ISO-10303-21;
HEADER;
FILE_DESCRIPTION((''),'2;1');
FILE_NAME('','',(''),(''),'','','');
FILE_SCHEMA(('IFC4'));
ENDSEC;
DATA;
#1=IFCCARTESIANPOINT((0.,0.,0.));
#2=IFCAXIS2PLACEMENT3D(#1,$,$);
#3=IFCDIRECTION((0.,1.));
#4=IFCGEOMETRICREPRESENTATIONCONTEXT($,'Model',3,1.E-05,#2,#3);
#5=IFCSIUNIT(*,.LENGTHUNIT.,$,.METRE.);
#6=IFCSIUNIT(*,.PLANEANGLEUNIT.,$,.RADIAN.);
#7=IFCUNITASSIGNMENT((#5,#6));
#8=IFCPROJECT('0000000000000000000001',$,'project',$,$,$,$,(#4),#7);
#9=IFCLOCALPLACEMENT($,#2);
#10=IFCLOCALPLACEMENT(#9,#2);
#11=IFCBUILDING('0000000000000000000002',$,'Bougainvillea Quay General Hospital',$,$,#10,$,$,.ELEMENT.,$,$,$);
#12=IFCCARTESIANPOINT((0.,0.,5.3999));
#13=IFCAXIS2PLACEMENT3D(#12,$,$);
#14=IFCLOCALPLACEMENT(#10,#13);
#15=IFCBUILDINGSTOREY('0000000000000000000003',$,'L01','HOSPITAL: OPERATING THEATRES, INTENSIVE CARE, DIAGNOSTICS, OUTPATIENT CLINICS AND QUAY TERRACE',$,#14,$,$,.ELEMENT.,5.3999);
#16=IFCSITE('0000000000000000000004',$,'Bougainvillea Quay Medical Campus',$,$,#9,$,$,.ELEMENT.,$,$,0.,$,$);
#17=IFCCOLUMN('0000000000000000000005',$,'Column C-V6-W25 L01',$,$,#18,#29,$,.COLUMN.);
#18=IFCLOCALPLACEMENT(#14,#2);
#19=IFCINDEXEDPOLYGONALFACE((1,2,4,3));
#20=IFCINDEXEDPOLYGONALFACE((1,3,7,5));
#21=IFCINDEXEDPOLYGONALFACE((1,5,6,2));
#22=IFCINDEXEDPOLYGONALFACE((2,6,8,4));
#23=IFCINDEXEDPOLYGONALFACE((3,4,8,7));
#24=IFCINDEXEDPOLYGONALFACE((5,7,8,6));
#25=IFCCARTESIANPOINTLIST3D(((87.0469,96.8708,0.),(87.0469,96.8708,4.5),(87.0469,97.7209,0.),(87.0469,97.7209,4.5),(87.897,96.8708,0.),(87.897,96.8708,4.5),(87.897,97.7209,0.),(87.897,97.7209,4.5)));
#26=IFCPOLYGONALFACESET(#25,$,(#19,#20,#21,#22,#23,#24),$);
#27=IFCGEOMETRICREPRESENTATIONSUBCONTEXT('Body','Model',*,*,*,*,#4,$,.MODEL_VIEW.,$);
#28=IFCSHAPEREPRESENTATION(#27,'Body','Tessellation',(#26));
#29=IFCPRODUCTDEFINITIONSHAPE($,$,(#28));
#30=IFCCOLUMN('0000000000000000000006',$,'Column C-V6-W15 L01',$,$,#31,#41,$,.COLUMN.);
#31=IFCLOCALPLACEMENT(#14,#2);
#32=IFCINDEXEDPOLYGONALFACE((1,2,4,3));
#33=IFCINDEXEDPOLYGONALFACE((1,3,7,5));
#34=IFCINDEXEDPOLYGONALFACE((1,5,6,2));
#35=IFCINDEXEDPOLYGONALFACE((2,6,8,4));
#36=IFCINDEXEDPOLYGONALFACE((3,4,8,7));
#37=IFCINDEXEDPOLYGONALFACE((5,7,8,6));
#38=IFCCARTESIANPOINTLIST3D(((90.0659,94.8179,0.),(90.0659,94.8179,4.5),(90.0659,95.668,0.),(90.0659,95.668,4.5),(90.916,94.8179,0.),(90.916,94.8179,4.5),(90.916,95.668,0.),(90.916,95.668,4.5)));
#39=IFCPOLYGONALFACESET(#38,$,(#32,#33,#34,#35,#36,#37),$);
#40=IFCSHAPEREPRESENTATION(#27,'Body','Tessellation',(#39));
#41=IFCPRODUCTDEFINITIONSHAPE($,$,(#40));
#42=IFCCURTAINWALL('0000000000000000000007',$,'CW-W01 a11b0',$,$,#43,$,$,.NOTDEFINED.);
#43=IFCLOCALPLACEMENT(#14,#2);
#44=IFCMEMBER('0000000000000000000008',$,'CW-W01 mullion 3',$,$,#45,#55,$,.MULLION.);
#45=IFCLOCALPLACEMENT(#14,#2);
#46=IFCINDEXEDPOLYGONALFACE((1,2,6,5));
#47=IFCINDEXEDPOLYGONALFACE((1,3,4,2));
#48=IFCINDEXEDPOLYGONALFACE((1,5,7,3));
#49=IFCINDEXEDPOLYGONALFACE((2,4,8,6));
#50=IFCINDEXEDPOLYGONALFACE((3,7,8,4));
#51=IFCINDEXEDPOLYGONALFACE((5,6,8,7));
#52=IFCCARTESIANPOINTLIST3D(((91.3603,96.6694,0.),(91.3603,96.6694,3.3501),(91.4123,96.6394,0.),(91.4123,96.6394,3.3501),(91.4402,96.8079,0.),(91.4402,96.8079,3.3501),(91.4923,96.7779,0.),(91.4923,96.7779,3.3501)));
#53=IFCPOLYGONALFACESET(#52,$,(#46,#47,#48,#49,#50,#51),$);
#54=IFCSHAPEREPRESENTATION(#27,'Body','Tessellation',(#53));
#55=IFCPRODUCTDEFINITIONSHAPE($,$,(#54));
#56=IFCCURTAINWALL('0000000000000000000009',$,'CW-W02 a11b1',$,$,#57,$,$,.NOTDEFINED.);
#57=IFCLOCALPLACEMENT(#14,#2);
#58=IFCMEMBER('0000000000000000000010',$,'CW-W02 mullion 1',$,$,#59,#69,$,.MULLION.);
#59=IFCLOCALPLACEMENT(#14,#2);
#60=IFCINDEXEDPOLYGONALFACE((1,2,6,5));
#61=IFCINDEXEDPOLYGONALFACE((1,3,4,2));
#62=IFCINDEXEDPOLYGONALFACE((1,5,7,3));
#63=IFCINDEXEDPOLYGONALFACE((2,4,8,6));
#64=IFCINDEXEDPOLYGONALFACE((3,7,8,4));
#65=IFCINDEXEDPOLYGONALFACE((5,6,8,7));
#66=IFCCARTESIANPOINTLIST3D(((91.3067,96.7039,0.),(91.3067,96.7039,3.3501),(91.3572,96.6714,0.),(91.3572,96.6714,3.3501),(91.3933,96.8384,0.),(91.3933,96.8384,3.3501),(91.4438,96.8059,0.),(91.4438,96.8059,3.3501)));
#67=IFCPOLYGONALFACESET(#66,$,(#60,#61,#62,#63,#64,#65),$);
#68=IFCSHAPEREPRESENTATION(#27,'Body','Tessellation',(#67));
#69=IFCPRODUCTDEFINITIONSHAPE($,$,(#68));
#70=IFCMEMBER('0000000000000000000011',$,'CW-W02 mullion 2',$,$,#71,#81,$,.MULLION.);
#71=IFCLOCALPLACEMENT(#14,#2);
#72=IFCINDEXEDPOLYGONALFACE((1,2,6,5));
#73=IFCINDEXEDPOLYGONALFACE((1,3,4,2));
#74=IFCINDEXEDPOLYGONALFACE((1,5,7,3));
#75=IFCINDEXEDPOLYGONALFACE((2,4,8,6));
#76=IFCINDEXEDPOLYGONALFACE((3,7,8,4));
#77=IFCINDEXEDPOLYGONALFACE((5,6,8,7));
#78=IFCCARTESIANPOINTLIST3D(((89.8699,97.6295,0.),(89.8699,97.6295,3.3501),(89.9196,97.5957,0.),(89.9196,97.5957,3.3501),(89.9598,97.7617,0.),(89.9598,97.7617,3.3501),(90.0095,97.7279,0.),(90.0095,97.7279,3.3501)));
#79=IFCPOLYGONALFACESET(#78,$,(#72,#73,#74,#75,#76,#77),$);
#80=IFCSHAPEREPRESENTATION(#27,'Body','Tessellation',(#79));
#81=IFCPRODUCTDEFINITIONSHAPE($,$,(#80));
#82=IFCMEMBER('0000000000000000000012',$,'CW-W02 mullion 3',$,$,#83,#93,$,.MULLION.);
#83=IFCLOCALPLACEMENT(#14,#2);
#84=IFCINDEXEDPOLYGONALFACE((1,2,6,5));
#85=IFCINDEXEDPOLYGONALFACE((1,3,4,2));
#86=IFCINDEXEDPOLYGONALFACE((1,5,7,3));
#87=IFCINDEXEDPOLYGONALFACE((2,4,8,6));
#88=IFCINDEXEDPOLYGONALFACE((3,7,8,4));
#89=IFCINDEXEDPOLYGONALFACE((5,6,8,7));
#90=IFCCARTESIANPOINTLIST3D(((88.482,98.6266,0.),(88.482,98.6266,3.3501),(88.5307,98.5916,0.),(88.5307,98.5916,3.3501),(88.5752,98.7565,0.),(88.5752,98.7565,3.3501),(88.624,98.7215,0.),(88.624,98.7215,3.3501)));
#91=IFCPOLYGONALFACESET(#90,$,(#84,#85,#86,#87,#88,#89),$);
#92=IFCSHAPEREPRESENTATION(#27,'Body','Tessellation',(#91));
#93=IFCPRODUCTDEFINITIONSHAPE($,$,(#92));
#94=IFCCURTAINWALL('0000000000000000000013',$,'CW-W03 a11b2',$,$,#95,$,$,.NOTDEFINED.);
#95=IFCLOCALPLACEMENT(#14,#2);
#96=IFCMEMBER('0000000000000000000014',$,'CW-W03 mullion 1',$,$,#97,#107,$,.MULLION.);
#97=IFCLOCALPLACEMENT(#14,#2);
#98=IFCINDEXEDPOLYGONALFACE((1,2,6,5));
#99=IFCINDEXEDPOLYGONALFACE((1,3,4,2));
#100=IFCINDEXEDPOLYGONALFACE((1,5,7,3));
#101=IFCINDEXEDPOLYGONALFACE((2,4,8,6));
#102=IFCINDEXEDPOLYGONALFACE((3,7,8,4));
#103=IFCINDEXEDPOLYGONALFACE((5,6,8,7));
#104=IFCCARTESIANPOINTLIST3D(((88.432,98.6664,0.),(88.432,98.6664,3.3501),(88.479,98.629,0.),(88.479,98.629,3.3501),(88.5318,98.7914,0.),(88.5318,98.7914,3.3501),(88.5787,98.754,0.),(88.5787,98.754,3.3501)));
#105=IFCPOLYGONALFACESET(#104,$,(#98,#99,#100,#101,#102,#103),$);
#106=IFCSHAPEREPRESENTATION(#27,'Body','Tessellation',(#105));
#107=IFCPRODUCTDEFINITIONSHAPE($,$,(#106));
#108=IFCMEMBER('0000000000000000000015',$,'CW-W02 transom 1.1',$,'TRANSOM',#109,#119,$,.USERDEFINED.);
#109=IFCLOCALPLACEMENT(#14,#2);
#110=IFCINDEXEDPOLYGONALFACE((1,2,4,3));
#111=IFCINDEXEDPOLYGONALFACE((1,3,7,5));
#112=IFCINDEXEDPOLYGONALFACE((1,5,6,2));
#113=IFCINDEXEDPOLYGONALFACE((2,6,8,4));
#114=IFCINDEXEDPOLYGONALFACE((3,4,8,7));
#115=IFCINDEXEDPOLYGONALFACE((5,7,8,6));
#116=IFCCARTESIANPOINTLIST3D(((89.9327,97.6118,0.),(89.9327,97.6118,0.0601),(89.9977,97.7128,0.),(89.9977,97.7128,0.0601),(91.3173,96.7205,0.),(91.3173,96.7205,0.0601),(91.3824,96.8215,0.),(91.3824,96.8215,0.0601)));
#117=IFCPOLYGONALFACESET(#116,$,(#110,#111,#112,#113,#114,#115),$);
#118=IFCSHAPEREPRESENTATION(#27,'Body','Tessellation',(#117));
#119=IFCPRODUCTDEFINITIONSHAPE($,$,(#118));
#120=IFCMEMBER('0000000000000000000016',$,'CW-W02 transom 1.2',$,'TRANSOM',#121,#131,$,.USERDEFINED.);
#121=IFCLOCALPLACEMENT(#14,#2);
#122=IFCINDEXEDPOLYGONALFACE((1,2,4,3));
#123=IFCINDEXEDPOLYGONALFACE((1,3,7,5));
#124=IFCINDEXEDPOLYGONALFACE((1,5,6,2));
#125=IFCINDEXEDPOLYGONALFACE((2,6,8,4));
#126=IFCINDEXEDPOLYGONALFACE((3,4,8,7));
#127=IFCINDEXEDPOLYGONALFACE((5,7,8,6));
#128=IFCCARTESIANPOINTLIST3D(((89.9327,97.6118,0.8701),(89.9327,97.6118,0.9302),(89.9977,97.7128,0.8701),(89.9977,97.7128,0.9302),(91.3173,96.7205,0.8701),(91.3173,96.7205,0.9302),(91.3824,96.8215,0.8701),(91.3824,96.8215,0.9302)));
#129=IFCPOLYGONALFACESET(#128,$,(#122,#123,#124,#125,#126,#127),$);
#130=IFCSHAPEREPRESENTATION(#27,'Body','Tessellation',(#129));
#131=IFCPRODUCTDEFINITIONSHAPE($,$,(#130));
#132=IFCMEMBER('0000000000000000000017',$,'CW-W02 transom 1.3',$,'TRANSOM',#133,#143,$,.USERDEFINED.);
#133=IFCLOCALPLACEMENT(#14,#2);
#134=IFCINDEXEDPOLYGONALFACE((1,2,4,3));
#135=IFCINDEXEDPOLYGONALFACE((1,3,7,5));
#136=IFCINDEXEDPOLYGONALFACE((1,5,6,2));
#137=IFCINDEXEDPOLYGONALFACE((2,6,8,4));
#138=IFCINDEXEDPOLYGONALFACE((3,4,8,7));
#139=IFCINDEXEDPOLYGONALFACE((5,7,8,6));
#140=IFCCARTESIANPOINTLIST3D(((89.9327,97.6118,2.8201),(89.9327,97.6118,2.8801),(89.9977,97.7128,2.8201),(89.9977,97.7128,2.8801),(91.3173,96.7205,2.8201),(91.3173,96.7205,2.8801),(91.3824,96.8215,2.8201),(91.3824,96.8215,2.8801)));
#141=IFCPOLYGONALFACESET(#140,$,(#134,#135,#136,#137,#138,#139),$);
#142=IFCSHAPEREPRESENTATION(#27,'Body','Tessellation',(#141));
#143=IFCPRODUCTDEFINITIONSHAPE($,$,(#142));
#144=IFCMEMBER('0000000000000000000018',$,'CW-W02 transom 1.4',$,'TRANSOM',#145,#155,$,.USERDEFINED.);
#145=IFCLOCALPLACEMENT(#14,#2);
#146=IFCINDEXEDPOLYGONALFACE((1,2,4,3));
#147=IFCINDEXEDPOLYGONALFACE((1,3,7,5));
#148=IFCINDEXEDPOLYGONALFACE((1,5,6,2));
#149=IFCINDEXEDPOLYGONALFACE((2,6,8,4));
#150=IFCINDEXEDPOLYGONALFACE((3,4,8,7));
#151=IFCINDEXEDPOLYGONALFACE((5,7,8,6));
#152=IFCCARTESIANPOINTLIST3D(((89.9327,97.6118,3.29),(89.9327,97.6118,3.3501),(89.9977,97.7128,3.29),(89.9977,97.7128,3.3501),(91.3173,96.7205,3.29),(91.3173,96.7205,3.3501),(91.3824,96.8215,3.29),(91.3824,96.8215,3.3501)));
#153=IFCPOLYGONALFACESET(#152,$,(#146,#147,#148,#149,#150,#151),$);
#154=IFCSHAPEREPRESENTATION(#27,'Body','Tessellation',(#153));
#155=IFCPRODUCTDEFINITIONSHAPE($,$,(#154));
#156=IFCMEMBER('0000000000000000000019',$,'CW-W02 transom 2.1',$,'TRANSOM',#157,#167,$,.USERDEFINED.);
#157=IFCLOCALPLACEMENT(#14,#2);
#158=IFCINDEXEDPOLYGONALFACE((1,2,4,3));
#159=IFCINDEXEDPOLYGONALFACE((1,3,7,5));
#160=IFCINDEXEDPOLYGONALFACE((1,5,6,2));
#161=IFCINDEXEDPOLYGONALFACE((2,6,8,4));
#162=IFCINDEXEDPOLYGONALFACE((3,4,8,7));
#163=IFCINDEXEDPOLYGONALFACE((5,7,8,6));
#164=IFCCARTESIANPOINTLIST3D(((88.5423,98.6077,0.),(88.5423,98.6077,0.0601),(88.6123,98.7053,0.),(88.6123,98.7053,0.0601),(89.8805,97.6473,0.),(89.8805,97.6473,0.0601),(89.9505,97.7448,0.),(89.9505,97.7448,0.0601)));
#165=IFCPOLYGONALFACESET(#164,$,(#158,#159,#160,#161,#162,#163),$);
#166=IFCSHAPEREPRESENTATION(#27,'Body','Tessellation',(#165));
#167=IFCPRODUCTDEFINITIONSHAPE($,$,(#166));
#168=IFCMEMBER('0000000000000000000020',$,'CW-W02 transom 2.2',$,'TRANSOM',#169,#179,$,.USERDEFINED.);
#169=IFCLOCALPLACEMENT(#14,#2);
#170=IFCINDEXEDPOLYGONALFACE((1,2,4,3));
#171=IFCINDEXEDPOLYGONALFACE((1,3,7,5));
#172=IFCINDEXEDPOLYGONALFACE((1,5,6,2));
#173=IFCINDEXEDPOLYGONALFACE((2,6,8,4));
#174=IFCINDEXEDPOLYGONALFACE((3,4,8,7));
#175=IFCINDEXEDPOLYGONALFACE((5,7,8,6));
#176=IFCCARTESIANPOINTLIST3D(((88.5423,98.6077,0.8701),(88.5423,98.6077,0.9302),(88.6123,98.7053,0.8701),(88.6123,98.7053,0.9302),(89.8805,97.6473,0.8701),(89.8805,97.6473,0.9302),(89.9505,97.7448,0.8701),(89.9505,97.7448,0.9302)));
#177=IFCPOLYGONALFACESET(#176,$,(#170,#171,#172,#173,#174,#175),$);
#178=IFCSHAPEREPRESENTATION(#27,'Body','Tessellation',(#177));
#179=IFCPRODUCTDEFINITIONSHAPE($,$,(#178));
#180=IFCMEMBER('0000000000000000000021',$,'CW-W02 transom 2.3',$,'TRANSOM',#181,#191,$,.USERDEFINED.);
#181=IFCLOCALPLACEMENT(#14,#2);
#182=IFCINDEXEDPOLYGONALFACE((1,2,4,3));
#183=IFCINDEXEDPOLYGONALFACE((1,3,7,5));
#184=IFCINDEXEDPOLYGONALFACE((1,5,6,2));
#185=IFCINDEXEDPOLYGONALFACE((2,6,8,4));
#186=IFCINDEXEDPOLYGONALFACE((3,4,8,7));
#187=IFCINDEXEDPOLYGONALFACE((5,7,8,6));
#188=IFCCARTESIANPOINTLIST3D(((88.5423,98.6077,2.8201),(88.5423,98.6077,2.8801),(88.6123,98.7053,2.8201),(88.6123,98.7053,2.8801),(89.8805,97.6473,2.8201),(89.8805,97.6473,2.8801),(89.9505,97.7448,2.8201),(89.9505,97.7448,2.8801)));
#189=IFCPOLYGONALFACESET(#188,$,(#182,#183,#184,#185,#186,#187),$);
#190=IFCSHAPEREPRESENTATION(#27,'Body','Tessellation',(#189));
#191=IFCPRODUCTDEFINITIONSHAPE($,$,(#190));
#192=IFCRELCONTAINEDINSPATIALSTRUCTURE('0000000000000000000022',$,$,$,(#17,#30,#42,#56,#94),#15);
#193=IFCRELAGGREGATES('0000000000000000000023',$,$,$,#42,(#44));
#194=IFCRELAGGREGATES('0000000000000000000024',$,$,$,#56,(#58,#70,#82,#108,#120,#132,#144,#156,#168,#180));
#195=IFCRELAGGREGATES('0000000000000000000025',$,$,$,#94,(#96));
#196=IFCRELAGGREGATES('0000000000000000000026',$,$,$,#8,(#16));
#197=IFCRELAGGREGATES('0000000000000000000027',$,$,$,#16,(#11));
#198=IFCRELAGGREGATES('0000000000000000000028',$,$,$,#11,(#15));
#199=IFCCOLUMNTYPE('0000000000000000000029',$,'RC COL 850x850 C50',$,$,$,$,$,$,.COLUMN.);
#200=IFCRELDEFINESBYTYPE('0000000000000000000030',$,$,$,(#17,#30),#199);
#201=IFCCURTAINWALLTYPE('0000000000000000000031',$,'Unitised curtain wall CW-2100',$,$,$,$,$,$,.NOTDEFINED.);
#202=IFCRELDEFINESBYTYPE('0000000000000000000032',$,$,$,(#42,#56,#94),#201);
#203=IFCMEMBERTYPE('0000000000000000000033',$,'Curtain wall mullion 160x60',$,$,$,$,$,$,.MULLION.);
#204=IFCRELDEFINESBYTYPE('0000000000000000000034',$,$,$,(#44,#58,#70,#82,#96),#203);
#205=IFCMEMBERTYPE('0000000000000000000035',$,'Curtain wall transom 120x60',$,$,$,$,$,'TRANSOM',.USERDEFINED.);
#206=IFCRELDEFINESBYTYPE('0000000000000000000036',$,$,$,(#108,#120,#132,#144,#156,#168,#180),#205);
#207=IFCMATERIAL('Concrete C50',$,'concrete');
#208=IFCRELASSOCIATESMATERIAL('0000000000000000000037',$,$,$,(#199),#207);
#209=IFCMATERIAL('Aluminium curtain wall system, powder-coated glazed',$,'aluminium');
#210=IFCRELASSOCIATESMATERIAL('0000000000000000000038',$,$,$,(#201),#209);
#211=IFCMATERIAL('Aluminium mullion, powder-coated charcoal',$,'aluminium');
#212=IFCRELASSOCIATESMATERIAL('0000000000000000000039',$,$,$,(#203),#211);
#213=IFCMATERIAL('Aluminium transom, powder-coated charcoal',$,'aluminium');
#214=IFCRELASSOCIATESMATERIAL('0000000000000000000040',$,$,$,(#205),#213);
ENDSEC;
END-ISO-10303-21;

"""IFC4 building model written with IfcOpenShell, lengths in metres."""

from ifc_helpers import new_model, si_unit, direction, frame, origin, origin_2d, place, context, subcontext, project, spatial, rectangle, extrude, material, material_profile, profile_set, type_object, element, aggregate, save


model = new_model("IFC4")

# Units and contexts
model_context = context("Model", 3, precision=1e-05, world=origin(), true_north=direction((0.0, 1.0)))
body_context = subcontext(model_context, "Body", "Model", "MODEL_VIEW")
ifc_project = project(units=[si_unit("LENGTHUNIT", "METRE"), si_unit("PLANEANGLEUNIT", "RADIAN")], contexts=[model_context])

# Site, building, storey
site_placement = place(None, origin())
site = spatial("IfcSite", under=ifc_project, at=site_placement, Name="Bougainvillea Quay Medical Campus", CompositionType="ELEMENT", RefElevation=0.0)
building_placement = place(site_placement, origin())
building = spatial("IfcBuilding", under=site, at=building_placement, Name="Bougainvillea Quay General Hospital", CompositionType="ELEMENT")
storey_placement = place(building_placement, frame((0.0, 0.0, 5.3999)))
storey = spatial("IfcBuildingStorey", under=building, at=storey_placement, Name="L01", Description="HOSPITAL: OPERATING THEATRES, INTENSIVE CARE, DIAGNOSTICS, OUTPATIENT CLINICS AND QUAY TERRACE", CompositionType="ELEMENT", Elevation=5.3999)

# Columns
ifc_material_1 = material(Name="Concrete C50", Category="concrete")
ifc_material_profile_1 = material_profile(ifc_material_1, rectangle(XDim=0.8501, YDim=0.8501, at=origin_2d()))
ifc_profile_set_1 = profile_set([ifc_material_profile_1], Name="Concrete C50")
column_type = type_object("IfcColumnType", Name="RC COL 850x850 C50", PredefinedType="COLUMN", material=ifc_profile_set_1)
for number, where, z_axis, x_axis, name in (
    (1, (87.4719, 97.2959, 0.0), (0.0, 0.0, 1.0), (1.0, 0.0, 0.0), "Column C-V6-W25 L01"),
    (2, (90.491, 95.2429, 0.0), (0.0, 0.0, 1.0), (1.0, 0.0, 0.0), "Column C-V6-W15 L01"),
):
    element("IfcColumn", number, at=place(storey_placement, frame(where, z_axis=z_axis, x_axis=x_axis)), inside=storey, type_object=column_type, Name=name, PredefinedType="COLUMN", context=body_context, shape_type="SweptSolid", body=[
        extrude(rectangle(XDim=0.8501, YDim=0.8501, at=origin_2d()), origin(), (0.0, 0.0, 1.0), 4.5),
    ])

# Curtain wall, member
ifc_material_2 = material(Name="Aluminium curtain wall system, powder-coated glazed", Category="aluminium")
curtain_wall_type = type_object("IfcCurtainWallType", Name="Unitised curtain wall CW-2100", PredefinedType="NOTDEFINED", material=ifc_material_2)
curtain_wall_1_placement = place(storey_placement, origin())
curtain_wall_1 = element("IfcCurtainWall", 3, at=curtain_wall_1_placement, inside=storey, type_object=curtain_wall_type, Name="CW-W01 a11b0", PredefinedType="NOTDEFINED")
ifc_material_3 = material(Name="Aluminium mullion, powder-coated charcoal", Category="aluminium")
ifc_material_profile_2 = material_profile(ifc_material_3, rectangle(XDim=0.1599, YDim=0.0601, at=origin_2d()))
ifc_profile_set_2 = profile_set([ifc_material_profile_2], Name="Aluminium mullion, powder-coated charcoal")
member_type_1 = type_object("IfcMemberType", Name="Curtain wall mullion 160x60", PredefinedType="MULLION", material=ifc_profile_set_2)
member_1_placement = place(storey_placement, frame((91.4263, 96.7236, 0.0), z_axis=(0.0, 0.0, 1.0), x_axis=(-0.500031, -0.866007, 0.0)))
member_1 = element("IfcMember", 4, at=member_1_placement, type_object=member_type_1, Name="CW-W01 mullion 3", PredefinedType="MULLION", context=body_context, shape_type="SweptSolid", body=[
    extrude(rectangle(XDim=0.1599, YDim=0.0601, at=origin_2d()), origin(), (0.0, 0.0, 1.0), 3.3501),
])
aggregate(curtain_wall_1, [member_1])

# Curtain wall, members
curtain_wall_2_placement = place(storey_placement, origin())
curtain_wall_2 = element("IfcCurtainWall", 5, at=curtain_wall_2_placement, inside=storey, type_object=curtain_wall_type, Name="CW-W02 a11b1", PredefinedType="NOTDEFINED")
member_2_placement = place(storey_placement, frame((91.3752, 96.7549, 0.0), z_axis=(0.0, 0.0, 1.0), x_axis=(-0.541195, -0.840897, 0.0)))
member_2 = element("IfcMember", 6, at=member_2_placement, type_object=member_type_1, Name="CW-W02 mullion 1", PredefinedType="MULLION", context=body_context, shape_type="SweptSolid", body=[
    extrude(rectangle(XDim=0.1599, YDim=0.0601, at=origin_2d()), origin(), (0.0, 0.0, 1.0), 3.3501),
])
member_3_placement = place(storey_placement, frame((89.9397, 97.6787, 0.0), z_axis=(0.0, 0.0, 1.0), x_axis=(-0.562343, -0.826904, 0.0)))
member_3 = element("IfcMember", 7, at=member_3_placement, type_object=member_type_1, Name="CW-W02 mullion 2", PredefinedType="MULLION", context=body_context, shape_type="SweptSolid", body=[
    extrude(rectangle(XDim=0.1599, YDim=0.0601, at=origin_2d()), origin(), (0.0, 0.0, 1.0), 3.3501),
])
member_4_placement = place(storey_placement, frame((88.553, 98.6741, 0.0), z_axis=(0.0, 0.0, 1.0), x_axis=(-0.58313, -0.812379, 0.0)))
member_4 = element("IfcMember", 8, at=member_4_placement, type_object=member_type_1, Name="CW-W02 mullion 3", PredefinedType="MULLION", context=body_context, shape_type="SweptSolid", body=[
    extrude(rectangle(XDim=0.1599, YDim=0.0601, at=origin_2d()), origin(), (0.0, 0.0, 1.0), 3.3501),
])

# Curtain wall, member
curtain_wall_3_placement = place(storey_placement, origin())
curtain_wall_3 = element("IfcCurtainWall", 9, at=curtain_wall_3_placement, inside=storey, type_object=curtain_wall_type, Name="CW-W03 a11b2", PredefinedType="NOTDEFINED")
member_5_placement = place(storey_placement, frame((88.5054, 98.7102, 0.0), z_axis=(0.0, 0.0, 1.0), x_axis=(-0.623566, -0.781771, 0.0)))
member_5 = element("IfcMember", 10, at=member_5_placement, type_object=member_type_1, Name="CW-W03 mullion 1", PredefinedType="MULLION", context=body_context, shape_type="SweptSolid", body=[
    extrude(rectangle(XDim=0.1599, YDim=0.0601, at=origin_2d()), origin(), (0.0, 0.0, 1.0), 3.3501),
])

# Members
ifc_material_4 = material(Name="Aluminium transom, powder-coated charcoal", Category="aluminium")
ifc_material_profile_3 = material_profile(ifc_material_4, rectangle(XDim=0.1201, YDim=0.0601, at=origin_2d()))
ifc_profile_set_3 = profile_set([ifc_material_profile_3], Name="Aluminium transom, powder-coated charcoal")
member_type_2 = type_object("IfcMemberType", Name="Curtain wall transom 120x60", ElementType="TRANSOM", PredefinedType="USERDEFINED", material=ifc_profile_set_3)
member_6_placement = place(storey_placement, frame((91.3499, 96.771, 0.03), z_axis=(-0.84086, 0.541252, 0.0), x_axis=(-0.541252, -0.84086, 0.0)))
member_6 = element("IfcMember", 11, at=member_6_placement, type_object=member_type_2, Name="CW-W02 transom 1.1", ObjectType="TRANSOM", PredefinedType="USERDEFINED", context=body_context, shape_type="SweptSolid", body=[
    extrude(rectangle(XDim=0.1201, YDim=0.0601, at=origin_2d()), origin(), (0.0, 0.0, 1.0), 1.6467),
])
member_7_placement = place(storey_placement, frame((91.3499, 96.771, 0.9001), z_axis=(-0.84086, 0.541252, 0.0), x_axis=(-0.541252, -0.84086, 0.0)))
member_7 = element("IfcMember", 12, at=member_7_placement, type_object=member_type_2, Name="CW-W02 transom 1.2", ObjectType="TRANSOM", PredefinedType="USERDEFINED", context=body_context, shape_type="SweptSolid", body=[
    extrude(rectangle(XDim=0.1201, YDim=0.0601, at=origin_2d()), origin(), (0.0, 0.0, 1.0), 1.6467),
])
member_8_placement = place(storey_placement, frame((91.3499, 96.771, 2.8501), z_axis=(-0.84086, 0.541252, 0.0), x_axis=(-0.541252, -0.84086, 0.0)))
member_8 = element("IfcMember", 13, at=member_8_placement, type_object=member_type_2, Name="CW-W02 transom 1.3", ObjectType="TRANSOM", PredefinedType="USERDEFINED", context=body_context, shape_type="SweptSolid", body=[
    extrude(rectangle(XDim=0.1201, YDim=0.0601, at=origin_2d()), origin(), (0.0, 0.0, 1.0), 1.6467),
])
member_9_placement = place(storey_placement, frame((91.3499, 96.771, 3.3201), z_axis=(-0.84086, 0.541252, 0.0), x_axis=(-0.541252, -0.84086, 0.0)))
member_9 = element("IfcMember", 14, at=member_9_placement, type_object=member_type_2, Name="CW-W02 transom 1.4", ObjectType="TRANSOM", PredefinedType="USERDEFINED", context=body_context, shape_type="SweptSolid", body=[
    extrude(rectangle(XDim=0.1201, YDim=0.0601, at=origin_2d()), origin(), (0.0, 0.0, 1.0), 1.6467),
])
member_10_placement = place(storey_placement, frame((89.9155, 97.696, 0.03), z_axis=(-0.812399, 0.583101, 0.0), x_axis=(-0.583101, -0.812399, 0.0)))
member_10 = element("IfcMember", 15, at=member_10_placement, type_object=member_type_2, Name="CW-W02 transom 2.1", ObjectType="TRANSOM", PredefinedType="USERDEFINED", context=body_context, shape_type="SweptSolid", body=[
    extrude(rectangle(XDim=0.1201, YDim=0.0601, at=origin_2d()), origin(), (0.0, 0.0, 1.0), 1.6472),
])
member_11_placement = place(storey_placement, frame((89.9155, 97.696, 0.9001), z_axis=(-0.812399, 0.583101, 0.0), x_axis=(-0.583101, -0.812399, 0.0)))
member_11 = element("IfcMember", 16, at=member_11_placement, type_object=member_type_2, Name="CW-W02 transom 2.2", ObjectType="TRANSOM", PredefinedType="USERDEFINED", context=body_context, shape_type="SweptSolid", body=[
    extrude(rectangle(XDim=0.1201, YDim=0.0601, at=origin_2d()), origin(), (0.0, 0.0, 1.0), 1.6472),
])
member_12_placement = place(storey_placement, frame((89.9155, 97.696, 2.8501), z_axis=(-0.812399, 0.583101, 0.0), x_axis=(-0.583101, -0.812399, 0.0)))
member_12 = element("IfcMember", 17, at=member_12_placement, type_object=member_type_2, Name="CW-W02 transom 2.3", ObjectType="TRANSOM", PredefinedType="USERDEFINED", context=body_context, shape_type="SweptSolid", body=[
    extrude(rectangle(XDim=0.1201, YDim=0.0601, at=origin_2d()), origin(), (0.0, 0.0, 1.0), 1.6472),
])

aggregate(curtain_wall_2, [member_2, member_3, member_4, member_6, member_7, member_8, member_9, member_10, member_11, member_12])
aggregate(curtain_wall_3, [member_5])

save(model, "model.ifc")
